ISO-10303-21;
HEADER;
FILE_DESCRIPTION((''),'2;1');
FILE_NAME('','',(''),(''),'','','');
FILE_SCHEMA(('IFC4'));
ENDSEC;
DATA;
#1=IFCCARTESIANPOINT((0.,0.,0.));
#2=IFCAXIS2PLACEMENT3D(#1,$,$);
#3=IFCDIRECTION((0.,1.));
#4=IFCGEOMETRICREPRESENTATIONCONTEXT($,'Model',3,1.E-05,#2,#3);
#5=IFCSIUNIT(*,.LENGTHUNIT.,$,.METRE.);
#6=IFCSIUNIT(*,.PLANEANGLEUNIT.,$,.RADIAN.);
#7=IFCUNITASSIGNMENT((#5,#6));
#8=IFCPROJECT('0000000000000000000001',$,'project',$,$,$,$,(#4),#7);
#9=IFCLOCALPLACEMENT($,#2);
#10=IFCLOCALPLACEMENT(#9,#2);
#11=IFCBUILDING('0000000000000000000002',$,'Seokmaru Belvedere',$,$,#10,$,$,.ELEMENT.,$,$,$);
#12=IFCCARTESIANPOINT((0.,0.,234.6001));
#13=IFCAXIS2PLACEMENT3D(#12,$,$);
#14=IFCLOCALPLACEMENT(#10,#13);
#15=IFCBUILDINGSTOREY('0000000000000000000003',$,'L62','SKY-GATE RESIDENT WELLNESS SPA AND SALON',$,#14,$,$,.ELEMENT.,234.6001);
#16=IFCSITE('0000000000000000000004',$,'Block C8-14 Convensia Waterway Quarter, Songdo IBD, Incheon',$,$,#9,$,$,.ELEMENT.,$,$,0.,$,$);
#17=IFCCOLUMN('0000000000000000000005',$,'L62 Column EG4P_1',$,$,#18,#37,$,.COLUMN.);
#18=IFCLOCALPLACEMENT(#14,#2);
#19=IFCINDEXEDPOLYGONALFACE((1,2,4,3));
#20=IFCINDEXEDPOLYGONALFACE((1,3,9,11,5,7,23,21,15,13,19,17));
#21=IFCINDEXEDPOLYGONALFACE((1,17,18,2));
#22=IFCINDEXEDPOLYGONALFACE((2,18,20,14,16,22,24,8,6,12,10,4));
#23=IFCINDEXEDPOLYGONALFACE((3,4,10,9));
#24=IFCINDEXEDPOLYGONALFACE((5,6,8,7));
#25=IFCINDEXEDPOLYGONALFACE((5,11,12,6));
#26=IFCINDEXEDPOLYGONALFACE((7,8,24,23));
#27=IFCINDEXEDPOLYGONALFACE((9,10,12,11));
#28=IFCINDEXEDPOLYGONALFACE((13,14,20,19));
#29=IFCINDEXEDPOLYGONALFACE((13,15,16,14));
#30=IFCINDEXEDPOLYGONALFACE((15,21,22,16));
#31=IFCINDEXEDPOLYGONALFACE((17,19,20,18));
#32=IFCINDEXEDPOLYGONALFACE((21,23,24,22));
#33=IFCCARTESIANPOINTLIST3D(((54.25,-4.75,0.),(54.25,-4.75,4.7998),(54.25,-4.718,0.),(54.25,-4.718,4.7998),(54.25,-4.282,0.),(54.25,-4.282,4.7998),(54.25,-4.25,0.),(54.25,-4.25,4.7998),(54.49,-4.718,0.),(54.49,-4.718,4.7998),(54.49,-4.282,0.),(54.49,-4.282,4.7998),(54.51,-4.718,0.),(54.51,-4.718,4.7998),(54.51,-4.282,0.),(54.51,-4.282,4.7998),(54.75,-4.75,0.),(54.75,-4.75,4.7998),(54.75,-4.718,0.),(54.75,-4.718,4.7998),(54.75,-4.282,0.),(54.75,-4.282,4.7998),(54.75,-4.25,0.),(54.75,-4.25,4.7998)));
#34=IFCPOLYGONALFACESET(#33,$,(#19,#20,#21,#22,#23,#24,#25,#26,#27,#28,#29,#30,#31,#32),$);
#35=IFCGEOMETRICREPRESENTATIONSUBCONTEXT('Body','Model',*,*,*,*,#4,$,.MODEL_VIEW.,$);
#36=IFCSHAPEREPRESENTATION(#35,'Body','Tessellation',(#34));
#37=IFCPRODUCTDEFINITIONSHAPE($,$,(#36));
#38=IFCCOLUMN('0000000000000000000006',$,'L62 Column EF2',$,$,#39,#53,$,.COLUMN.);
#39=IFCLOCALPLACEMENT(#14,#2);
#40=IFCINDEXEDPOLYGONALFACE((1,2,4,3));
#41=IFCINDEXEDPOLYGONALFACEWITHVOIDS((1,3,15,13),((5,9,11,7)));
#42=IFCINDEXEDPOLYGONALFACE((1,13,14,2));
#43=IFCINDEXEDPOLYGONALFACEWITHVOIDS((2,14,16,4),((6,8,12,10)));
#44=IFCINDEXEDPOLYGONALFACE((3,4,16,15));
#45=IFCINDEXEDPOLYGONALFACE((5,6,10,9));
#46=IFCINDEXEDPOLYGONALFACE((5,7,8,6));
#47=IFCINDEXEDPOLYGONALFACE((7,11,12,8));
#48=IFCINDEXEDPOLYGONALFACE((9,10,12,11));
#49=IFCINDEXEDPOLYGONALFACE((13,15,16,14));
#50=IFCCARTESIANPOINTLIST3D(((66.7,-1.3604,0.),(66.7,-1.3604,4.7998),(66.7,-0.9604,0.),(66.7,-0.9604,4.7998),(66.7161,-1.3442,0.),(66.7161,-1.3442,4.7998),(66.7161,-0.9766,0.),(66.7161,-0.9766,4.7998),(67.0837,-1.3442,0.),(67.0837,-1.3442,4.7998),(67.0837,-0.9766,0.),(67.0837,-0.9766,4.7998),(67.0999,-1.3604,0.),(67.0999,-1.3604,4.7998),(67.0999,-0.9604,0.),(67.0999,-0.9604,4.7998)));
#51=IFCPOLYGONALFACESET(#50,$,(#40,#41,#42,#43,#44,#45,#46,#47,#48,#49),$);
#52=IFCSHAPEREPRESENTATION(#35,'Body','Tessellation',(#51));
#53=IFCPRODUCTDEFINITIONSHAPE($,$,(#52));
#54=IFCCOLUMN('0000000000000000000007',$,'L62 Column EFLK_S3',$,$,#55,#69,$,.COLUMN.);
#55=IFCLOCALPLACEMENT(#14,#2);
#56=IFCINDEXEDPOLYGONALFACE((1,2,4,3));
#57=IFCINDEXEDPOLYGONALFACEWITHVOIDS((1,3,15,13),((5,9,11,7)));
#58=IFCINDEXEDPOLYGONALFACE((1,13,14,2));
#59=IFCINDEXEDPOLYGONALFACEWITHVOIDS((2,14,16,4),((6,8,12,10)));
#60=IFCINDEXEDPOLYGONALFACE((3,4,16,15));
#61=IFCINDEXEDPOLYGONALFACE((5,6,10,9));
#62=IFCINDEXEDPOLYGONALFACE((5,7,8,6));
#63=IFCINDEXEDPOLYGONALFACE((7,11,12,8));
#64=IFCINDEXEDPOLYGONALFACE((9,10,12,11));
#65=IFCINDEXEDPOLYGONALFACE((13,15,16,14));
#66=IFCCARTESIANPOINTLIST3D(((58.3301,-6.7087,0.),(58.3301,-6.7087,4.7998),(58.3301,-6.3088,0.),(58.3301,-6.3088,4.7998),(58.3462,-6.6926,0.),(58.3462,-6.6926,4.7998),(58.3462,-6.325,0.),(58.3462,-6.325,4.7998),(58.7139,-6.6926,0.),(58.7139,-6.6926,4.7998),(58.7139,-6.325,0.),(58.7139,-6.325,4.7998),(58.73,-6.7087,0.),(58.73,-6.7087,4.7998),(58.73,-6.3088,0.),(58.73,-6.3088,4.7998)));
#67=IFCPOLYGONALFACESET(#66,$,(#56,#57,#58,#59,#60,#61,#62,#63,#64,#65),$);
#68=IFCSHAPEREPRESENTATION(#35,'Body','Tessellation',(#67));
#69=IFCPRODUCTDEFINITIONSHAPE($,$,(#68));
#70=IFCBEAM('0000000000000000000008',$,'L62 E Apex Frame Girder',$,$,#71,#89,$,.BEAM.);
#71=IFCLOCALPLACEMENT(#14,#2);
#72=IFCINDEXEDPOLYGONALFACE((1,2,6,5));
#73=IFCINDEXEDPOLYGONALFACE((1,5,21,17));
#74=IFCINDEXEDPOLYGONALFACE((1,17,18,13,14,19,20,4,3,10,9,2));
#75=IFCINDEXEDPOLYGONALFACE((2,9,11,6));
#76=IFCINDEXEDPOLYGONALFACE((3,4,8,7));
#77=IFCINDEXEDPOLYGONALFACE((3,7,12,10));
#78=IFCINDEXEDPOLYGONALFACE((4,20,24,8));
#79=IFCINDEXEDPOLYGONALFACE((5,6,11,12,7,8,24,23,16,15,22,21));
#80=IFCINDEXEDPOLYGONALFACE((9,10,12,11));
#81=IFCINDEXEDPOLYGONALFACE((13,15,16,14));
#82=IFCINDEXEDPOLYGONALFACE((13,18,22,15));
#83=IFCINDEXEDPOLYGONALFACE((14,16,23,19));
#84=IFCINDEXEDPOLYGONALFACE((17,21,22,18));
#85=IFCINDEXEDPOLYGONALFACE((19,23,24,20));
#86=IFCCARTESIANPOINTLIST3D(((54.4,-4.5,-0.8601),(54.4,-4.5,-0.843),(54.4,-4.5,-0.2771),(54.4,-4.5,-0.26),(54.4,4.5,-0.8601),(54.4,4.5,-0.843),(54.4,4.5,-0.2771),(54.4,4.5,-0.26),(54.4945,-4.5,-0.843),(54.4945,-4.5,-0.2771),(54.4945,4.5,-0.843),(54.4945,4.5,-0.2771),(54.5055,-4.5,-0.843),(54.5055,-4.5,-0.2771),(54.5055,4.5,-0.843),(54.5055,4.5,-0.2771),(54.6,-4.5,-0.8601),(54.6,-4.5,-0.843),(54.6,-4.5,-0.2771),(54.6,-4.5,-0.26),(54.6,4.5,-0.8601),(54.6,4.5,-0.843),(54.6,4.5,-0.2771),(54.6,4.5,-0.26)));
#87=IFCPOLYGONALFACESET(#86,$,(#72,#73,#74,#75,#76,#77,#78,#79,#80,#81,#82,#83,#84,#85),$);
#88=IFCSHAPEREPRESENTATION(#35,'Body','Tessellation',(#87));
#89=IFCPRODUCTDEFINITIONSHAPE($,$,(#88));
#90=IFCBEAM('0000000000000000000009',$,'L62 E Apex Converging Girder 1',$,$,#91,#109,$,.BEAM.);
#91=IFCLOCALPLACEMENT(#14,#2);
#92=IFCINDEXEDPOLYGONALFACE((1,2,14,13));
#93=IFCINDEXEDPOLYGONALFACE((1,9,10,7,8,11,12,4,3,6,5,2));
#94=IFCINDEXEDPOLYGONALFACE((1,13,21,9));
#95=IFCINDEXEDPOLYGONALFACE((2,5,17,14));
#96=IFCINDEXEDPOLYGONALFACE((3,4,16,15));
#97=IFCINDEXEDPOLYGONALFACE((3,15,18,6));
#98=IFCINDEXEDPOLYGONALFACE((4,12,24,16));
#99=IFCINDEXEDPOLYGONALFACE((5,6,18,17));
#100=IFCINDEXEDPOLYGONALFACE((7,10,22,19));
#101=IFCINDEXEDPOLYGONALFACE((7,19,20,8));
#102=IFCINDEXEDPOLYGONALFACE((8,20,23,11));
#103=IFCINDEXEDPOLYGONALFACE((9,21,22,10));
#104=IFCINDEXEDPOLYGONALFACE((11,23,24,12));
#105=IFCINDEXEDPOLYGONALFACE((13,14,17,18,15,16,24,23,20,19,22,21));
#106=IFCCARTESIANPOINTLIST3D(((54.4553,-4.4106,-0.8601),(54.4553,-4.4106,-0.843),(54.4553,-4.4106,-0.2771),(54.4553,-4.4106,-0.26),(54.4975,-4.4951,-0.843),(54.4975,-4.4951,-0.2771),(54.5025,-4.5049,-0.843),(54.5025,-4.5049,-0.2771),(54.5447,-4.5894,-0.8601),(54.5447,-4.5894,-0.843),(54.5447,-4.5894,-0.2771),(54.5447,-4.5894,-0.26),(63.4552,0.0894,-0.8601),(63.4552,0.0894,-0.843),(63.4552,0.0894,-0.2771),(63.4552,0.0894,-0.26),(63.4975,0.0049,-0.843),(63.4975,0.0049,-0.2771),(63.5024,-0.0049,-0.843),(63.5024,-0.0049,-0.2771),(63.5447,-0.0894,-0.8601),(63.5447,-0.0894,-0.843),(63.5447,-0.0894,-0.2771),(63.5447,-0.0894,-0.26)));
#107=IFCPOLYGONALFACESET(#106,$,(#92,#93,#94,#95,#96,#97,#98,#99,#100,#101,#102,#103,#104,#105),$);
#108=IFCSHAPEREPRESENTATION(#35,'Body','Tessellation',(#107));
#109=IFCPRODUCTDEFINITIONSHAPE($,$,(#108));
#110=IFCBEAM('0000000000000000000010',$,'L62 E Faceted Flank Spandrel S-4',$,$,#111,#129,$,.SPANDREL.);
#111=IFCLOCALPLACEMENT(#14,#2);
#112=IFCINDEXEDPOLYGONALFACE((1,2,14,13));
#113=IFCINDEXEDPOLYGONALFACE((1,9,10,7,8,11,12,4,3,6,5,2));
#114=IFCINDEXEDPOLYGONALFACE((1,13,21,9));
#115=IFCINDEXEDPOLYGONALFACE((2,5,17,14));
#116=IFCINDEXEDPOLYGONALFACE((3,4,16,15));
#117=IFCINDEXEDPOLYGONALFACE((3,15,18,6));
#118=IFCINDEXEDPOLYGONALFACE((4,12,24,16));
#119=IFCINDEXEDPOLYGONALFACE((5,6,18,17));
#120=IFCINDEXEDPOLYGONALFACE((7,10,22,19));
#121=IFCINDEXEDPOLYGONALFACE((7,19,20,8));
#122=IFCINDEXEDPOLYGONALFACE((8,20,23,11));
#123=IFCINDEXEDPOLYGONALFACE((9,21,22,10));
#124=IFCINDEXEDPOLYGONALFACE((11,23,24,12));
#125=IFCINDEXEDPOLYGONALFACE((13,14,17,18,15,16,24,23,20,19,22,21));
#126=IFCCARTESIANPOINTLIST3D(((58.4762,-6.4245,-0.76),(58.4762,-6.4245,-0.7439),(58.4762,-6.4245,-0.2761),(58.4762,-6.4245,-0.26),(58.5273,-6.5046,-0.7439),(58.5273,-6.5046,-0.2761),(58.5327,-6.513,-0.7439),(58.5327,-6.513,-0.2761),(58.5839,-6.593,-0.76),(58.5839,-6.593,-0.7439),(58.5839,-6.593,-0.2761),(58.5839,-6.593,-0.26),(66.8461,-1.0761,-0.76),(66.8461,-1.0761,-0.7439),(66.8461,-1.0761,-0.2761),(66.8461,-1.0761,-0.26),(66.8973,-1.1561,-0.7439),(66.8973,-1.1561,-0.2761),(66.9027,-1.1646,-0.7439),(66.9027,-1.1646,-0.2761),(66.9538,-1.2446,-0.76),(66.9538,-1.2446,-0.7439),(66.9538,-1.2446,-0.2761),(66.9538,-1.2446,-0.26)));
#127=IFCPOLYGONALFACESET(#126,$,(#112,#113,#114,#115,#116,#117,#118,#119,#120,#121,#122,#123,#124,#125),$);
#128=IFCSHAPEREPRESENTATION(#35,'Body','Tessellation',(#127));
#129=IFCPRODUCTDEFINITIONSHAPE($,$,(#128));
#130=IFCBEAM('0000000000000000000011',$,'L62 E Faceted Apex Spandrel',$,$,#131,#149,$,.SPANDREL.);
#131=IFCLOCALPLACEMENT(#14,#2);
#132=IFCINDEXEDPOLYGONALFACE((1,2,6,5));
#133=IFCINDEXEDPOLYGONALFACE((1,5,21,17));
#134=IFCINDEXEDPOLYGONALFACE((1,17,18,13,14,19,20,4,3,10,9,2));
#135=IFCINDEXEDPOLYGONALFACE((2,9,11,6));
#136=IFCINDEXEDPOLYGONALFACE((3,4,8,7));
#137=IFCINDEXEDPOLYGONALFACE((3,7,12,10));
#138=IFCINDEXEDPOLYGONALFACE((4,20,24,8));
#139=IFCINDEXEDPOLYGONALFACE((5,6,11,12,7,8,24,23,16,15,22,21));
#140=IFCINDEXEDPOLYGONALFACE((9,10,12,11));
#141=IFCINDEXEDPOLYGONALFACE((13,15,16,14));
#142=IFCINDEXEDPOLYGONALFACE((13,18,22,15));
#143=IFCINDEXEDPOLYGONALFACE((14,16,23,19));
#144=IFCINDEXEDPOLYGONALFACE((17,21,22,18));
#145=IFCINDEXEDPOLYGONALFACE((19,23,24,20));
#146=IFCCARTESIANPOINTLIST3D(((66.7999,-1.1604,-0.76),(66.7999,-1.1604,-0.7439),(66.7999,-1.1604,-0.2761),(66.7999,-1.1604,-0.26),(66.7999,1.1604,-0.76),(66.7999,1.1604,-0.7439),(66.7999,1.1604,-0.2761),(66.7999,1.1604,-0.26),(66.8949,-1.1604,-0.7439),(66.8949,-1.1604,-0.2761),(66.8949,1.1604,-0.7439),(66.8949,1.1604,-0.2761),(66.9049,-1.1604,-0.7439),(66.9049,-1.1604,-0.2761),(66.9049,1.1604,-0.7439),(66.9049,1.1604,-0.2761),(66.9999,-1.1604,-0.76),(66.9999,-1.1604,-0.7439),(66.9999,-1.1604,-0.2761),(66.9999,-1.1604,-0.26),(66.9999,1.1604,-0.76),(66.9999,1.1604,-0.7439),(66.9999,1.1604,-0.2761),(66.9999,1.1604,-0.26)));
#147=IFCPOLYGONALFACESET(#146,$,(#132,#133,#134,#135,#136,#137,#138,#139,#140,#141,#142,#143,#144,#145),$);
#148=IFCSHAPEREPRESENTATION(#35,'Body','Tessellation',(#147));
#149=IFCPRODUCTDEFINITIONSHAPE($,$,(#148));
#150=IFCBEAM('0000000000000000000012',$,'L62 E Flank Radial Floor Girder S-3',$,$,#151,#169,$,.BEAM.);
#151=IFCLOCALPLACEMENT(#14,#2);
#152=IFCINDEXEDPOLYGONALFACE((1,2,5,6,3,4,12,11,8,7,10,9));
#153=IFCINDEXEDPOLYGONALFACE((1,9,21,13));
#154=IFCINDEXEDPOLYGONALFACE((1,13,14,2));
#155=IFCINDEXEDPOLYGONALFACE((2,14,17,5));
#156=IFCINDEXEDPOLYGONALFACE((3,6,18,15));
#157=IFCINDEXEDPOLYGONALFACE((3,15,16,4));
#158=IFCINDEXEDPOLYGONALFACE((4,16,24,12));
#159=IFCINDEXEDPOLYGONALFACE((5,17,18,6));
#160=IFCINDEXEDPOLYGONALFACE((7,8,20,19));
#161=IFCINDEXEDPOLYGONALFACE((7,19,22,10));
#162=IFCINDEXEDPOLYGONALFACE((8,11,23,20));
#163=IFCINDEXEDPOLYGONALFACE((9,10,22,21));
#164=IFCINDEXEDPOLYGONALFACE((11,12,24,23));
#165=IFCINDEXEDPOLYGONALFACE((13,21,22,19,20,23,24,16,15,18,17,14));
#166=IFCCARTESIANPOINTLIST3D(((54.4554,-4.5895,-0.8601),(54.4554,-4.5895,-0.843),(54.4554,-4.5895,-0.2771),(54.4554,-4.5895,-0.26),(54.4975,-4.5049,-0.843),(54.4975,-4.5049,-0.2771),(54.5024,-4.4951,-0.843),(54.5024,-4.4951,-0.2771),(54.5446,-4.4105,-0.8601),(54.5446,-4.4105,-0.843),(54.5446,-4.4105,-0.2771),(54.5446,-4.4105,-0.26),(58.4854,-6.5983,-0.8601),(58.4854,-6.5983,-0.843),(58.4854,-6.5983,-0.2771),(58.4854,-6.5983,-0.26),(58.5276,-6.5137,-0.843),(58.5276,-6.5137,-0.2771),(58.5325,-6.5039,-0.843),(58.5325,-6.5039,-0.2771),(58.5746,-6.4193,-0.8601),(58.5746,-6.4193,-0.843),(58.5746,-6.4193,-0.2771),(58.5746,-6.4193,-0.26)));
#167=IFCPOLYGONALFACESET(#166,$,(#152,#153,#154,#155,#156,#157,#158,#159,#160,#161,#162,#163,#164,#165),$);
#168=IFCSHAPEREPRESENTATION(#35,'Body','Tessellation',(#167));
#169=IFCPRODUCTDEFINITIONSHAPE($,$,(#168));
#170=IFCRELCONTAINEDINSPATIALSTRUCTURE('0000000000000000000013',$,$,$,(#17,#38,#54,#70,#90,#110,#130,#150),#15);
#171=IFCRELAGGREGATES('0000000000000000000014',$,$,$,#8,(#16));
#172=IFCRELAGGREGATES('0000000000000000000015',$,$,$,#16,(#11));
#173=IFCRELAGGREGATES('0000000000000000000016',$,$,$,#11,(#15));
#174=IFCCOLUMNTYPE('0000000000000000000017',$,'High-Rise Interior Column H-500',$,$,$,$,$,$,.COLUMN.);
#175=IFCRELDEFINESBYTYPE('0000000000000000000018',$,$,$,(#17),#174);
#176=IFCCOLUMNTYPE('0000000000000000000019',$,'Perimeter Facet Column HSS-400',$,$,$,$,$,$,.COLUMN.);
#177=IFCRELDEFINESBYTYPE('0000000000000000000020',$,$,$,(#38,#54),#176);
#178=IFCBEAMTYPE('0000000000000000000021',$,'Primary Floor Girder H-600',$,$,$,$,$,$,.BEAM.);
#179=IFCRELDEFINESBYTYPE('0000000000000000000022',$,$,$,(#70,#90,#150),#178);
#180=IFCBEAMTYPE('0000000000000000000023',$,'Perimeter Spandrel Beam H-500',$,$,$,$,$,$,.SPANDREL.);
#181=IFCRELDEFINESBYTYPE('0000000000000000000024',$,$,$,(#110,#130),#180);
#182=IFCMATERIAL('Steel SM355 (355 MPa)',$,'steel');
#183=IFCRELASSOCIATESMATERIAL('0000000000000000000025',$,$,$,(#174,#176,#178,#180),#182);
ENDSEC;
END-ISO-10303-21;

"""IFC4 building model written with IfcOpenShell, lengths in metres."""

from ifc_helpers import new_model, si_unit, direction, frame, origin, origin_2d, place, context, subcontext, project, spatial, hollow_rectangle, i_section, extrude, source, transform, mapped, material, material_profile, profile_set, type_object, type_shapes, element, save


model = new_model("IFC4")

# Units and contexts
model_context = context("Model", 3, precision=1e-05, world=origin(), true_north=direction((0.0, 1.0)))
body_context = subcontext(model_context, "Body", "Model", "MODEL_VIEW")
ifc_project = project(units=[si_unit("LENGTHUNIT", "METRE"), si_unit("PLANEANGLEUNIT", "RADIAN")], contexts=[model_context])

# Site, building, storey
site_placement = place(None, origin())
site = spatial("IfcSite", under=ifc_project, at=site_placement, Name="Block C8-14 Convensia Waterway Quarter, Songdo IBD, Incheon", CompositionType="ELEMENT", RefElevation=0.0)
building_placement = place(site_placement, origin())
building = spatial("IfcBuilding", under=site, at=building_placement, Name="Seokmaru Belvedere", CompositionType="ELEMENT")
storey_placement = place(building_placement, frame((0.0, 0.0, 234.6001)))
storey = spatial("IfcBuildingStorey", under=building, at=storey_placement, Name="L62", Description="SKY-GATE RESIDENT WELLNESS SPA AND SALON", CompositionType="ELEMENT", Elevation=234.6001)

# Columns
ifc_material_1 = material(Name="Steel SM355 (355 MPa)", Category="steel")
ifc_material_profile_1 = material_profile(ifc_material_1, i_section(OverallWidth=0.5, OverallDepth=0.5, WebThickness=0.02, FlangeThickness=0.032, at=origin_2d()), Name="H-500x500x20x32")
ifc_profile_set_1 = profile_set([ifc_material_profile_1], Name="Steel SM355 (355 MPa)")
column_type_1 = type_object("IfcColumnType", Name="High-Rise Interior Column H-500", PredefinedType="COLUMN", material=ifc_profile_set_1)
shared_shape_1 = source(origin(), body_context, "Body", "SweptSolid", [
    extrude(i_section(OverallWidth=0.5, OverallDepth=0.5, WebThickness=0.02, FlangeThickness=0.032, at=origin_2d()), origin(), (0.0, 0.0, 1.0), 4.7998),
])
type_shapes(column_type_1, [shared_shape_1])
column_placement = place(storey_placement, frame((54.5, -4.5, 0.0), z_axis=(0.0, 0.0, 1.0), x_axis=(1.0, 0.0, 0.0)))
element("IfcColumn", 1, at=column_placement, inside=storey, type_object=column_type_1, Name="L62 Column EG4P_1", PredefinedType="COLUMN", context=body_context, shape_type="MappedRepresentation", body=[
    mapped(shared_shape_1, transform((0.0, 0.0, 0.0), scale=1.0)),
])
ifc_material_profile_2 = material_profile(ifc_material_1, hollow_rectangle(XDim=0.3999, YDim=0.3999, WallThickness=0.0161, at=origin_2d()), Name="HSS-400x400x16")
ifc_profile_set_2 = profile_set([ifc_material_profile_2], Name="Steel SM355 (355 MPa)")
column_type_2 = type_object("IfcColumnType", Name="Perimeter Facet Column HSS-400", PredefinedType="COLUMN", material=ifc_profile_set_2)
shared_shape_2 = source(origin(), body_context, "Body", "SweptSolid", [
    extrude(hollow_rectangle(XDim=0.3999, YDim=0.3999, WallThickness=0.0161, at=origin_2d()), origin(), (0.0, 0.0, 1.0), 4.7998),
])
type_shapes(column_type_2, [shared_shape_2])
for number, where, z_axis, x_axis, name in (
    (2, (66.8999, -1.1604, 0.0), (0.0, 0.0, 1.0), (1.0, 0.0, 0.0), "L62 Column EF2"),
    (3, (58.53, -6.5088, 0.0), (0.0, 0.0, 1.0), (1.0, 0.0, 0.0), "L62 Column EFLK_S3"),
):
    element("IfcColumn", number, at=place(storey_placement, frame(where, z_axis=z_axis, x_axis=x_axis)), inside=storey, type_object=column_type_2, Name=name, PredefinedType="COLUMN", context=body_context, shape_type="MappedRepresentation", body=[
        mapped(shared_shape_2, transform((0.0, 0.0, 0.0), scale=1.0)),
    ])

# Beams
ifc_material_profile_3 = material_profile(ifc_material_1, i_section(OverallWidth=0.2, OverallDepth=0.6001, WebThickness=0.011, FlangeThickness=0.0171, at=origin_2d()), Name="H-600x200x11x17")
ifc_profile_set_3 = profile_set([ifc_material_profile_3], Name="Steel SM355 (355 MPa)")
beam_type_1 = type_object("IfcBeamType", Name="Primary Floor Girder H-600", PredefinedType="BEAM", material=ifc_profile_set_3)
shared_shape_3 = source(origin(), body_context, "Body", "SweptSolid", [
    extrude(i_section(OverallWidth=0.2, OverallDepth=0.6001, WebThickness=0.011, FlangeThickness=0.0171, at=origin_2d()), origin(), (0.0, 0.0, 1.0), 9.0),
])
beam_1_placement = place(storey_placement, frame((54.5, -4.5, -0.5601), z_axis=(0.0, 1.0, 0.0), x_axis=(-1.0, 0.0, 0.0)))
element("IfcBeam", 4, at=beam_1_placement, inside=storey, type_object=beam_type_1, Name="L62 E Apex Frame Girder", PredefinedType="BEAM", context=body_context, shape_type="MappedRepresentation", body=[
    mapped(shared_shape_3, transform((0.0, 0.0, 0.0), scale=1.0)),
])
shared_shape_4 = source(origin(), body_context, "Body", "SweptSolid", [
    extrude(i_section(OverallWidth=0.2, OverallDepth=0.6001, WebThickness=0.011, FlangeThickness=0.0171, at=origin_2d()), origin(), (0.0, 0.0, 1.0), 10.0623),
])
beam_2_placement = place(storey_placement, frame((54.5, -4.5, -0.5601), z_axis=(0.894427, 0.447214, 0.0), x_axis=(-0.447214, 0.894427, 0.0)))
element("IfcBeam", 5, at=beam_2_placement, inside=storey, type_object=beam_type_1, Name="L62 E Apex Converging Girder 1", PredefinedType="BEAM", context=body_context, shape_type="MappedRepresentation", body=[
    mapped(shared_shape_4, transform((0.0, 0.0, 0.0), scale=1.0)),
])
ifc_material_profile_4 = material_profile(ifc_material_1, i_section(OverallWidth=0.2, OverallDepth=0.5, WebThickness=0.01, FlangeThickness=0.0161, at=origin_2d()), Name="H-500x200x10x16")
ifc_profile_set_4 = profile_set([ifc_material_profile_4], Name="Steel SM355 (355 MPa)")
beam_type_2 = type_object("IfcBeamType", Name="Perimeter Spandrel Beam H-500", PredefinedType="SPANDREL", material=ifc_profile_set_4)
shared_shape_5 = source(origin(), body_context, "Body", "SweptSolid", [
    extrude(i_section(OverallWidth=0.2, OverallDepth=0.5, WebThickness=0.01, FlangeThickness=0.0161, at=origin_2d()), origin(), (0.0, 0.0, 1.0), 9.9329),
])
beam_3_placement = place(storey_placement, frame((58.53, -6.5088, -0.51), z_axis=(0.842652, 0.538459, 0.0), x_axis=(-0.538459, 0.842652, 0.0)))
element("IfcBeam", 6, at=beam_3_placement, inside=storey, type_object=beam_type_2, Name="L62 E Faceted Flank Spandrel S-4", PredefinedType="SPANDREL", context=body_context, shape_type="MappedRepresentation", body=[
    mapped(shared_shape_5, transform((0.0, 0.0, 0.0), scale=1.0)),
])
shared_shape_6 = source(origin(), body_context, "Body", "SweptSolid", [
    extrude(i_section(OverallWidth=0.2, OverallDepth=0.5, WebThickness=0.01, FlangeThickness=0.0161, at=origin_2d()), origin(), (0.0, 0.0, 1.0), 2.3208),
])
type_shapes(beam_type_2, [shared_shape_5, shared_shape_6])
beam_4_placement = place(storey_placement, frame((66.8999, -1.1604, -0.51), z_axis=(0.0, 1.0, 0.0), x_axis=(-1.0, 0.0, 0.0)))
element("IfcBeam", 7, at=beam_4_placement, inside=storey, type_object=beam_type_2, Name="L62 E Faceted Apex Spandrel", PredefinedType="SPANDREL", context=body_context, shape_type="MappedRepresentation", body=[
    mapped(shared_shape_6, transform((0.0, 0.0, 0.0), scale=1.0)),
])
shared_shape_7 = source(origin(), body_context, "Body", "SweptSolid", [
    extrude(i_section(OverallWidth=0.2, OverallDepth=0.6001, WebThickness=0.011, FlangeThickness=0.0171, at=origin_2d()), origin(), (0.0, 0.0, 1.0), 4.5029),
])
beam_5_placement = place(storey_placement, frame((58.53, -6.5088, -0.5601), z_axis=(-0.89498, 0.446107, 0.0), x_axis=(-0.446107, -0.89498, 0.0)))
element("IfcBeam", 8, at=beam_5_placement, inside=storey, type_object=beam_type_1, Name="L62 E Flank Radial Floor Girder S-3", PredefinedType="BEAM", context=body_context, shape_type="MappedRepresentation", body=[
    mapped(shared_shape_7, transform((0.0, 0.0, 0.0), scale=1.0)),
])

save(model, "model.ifc")
